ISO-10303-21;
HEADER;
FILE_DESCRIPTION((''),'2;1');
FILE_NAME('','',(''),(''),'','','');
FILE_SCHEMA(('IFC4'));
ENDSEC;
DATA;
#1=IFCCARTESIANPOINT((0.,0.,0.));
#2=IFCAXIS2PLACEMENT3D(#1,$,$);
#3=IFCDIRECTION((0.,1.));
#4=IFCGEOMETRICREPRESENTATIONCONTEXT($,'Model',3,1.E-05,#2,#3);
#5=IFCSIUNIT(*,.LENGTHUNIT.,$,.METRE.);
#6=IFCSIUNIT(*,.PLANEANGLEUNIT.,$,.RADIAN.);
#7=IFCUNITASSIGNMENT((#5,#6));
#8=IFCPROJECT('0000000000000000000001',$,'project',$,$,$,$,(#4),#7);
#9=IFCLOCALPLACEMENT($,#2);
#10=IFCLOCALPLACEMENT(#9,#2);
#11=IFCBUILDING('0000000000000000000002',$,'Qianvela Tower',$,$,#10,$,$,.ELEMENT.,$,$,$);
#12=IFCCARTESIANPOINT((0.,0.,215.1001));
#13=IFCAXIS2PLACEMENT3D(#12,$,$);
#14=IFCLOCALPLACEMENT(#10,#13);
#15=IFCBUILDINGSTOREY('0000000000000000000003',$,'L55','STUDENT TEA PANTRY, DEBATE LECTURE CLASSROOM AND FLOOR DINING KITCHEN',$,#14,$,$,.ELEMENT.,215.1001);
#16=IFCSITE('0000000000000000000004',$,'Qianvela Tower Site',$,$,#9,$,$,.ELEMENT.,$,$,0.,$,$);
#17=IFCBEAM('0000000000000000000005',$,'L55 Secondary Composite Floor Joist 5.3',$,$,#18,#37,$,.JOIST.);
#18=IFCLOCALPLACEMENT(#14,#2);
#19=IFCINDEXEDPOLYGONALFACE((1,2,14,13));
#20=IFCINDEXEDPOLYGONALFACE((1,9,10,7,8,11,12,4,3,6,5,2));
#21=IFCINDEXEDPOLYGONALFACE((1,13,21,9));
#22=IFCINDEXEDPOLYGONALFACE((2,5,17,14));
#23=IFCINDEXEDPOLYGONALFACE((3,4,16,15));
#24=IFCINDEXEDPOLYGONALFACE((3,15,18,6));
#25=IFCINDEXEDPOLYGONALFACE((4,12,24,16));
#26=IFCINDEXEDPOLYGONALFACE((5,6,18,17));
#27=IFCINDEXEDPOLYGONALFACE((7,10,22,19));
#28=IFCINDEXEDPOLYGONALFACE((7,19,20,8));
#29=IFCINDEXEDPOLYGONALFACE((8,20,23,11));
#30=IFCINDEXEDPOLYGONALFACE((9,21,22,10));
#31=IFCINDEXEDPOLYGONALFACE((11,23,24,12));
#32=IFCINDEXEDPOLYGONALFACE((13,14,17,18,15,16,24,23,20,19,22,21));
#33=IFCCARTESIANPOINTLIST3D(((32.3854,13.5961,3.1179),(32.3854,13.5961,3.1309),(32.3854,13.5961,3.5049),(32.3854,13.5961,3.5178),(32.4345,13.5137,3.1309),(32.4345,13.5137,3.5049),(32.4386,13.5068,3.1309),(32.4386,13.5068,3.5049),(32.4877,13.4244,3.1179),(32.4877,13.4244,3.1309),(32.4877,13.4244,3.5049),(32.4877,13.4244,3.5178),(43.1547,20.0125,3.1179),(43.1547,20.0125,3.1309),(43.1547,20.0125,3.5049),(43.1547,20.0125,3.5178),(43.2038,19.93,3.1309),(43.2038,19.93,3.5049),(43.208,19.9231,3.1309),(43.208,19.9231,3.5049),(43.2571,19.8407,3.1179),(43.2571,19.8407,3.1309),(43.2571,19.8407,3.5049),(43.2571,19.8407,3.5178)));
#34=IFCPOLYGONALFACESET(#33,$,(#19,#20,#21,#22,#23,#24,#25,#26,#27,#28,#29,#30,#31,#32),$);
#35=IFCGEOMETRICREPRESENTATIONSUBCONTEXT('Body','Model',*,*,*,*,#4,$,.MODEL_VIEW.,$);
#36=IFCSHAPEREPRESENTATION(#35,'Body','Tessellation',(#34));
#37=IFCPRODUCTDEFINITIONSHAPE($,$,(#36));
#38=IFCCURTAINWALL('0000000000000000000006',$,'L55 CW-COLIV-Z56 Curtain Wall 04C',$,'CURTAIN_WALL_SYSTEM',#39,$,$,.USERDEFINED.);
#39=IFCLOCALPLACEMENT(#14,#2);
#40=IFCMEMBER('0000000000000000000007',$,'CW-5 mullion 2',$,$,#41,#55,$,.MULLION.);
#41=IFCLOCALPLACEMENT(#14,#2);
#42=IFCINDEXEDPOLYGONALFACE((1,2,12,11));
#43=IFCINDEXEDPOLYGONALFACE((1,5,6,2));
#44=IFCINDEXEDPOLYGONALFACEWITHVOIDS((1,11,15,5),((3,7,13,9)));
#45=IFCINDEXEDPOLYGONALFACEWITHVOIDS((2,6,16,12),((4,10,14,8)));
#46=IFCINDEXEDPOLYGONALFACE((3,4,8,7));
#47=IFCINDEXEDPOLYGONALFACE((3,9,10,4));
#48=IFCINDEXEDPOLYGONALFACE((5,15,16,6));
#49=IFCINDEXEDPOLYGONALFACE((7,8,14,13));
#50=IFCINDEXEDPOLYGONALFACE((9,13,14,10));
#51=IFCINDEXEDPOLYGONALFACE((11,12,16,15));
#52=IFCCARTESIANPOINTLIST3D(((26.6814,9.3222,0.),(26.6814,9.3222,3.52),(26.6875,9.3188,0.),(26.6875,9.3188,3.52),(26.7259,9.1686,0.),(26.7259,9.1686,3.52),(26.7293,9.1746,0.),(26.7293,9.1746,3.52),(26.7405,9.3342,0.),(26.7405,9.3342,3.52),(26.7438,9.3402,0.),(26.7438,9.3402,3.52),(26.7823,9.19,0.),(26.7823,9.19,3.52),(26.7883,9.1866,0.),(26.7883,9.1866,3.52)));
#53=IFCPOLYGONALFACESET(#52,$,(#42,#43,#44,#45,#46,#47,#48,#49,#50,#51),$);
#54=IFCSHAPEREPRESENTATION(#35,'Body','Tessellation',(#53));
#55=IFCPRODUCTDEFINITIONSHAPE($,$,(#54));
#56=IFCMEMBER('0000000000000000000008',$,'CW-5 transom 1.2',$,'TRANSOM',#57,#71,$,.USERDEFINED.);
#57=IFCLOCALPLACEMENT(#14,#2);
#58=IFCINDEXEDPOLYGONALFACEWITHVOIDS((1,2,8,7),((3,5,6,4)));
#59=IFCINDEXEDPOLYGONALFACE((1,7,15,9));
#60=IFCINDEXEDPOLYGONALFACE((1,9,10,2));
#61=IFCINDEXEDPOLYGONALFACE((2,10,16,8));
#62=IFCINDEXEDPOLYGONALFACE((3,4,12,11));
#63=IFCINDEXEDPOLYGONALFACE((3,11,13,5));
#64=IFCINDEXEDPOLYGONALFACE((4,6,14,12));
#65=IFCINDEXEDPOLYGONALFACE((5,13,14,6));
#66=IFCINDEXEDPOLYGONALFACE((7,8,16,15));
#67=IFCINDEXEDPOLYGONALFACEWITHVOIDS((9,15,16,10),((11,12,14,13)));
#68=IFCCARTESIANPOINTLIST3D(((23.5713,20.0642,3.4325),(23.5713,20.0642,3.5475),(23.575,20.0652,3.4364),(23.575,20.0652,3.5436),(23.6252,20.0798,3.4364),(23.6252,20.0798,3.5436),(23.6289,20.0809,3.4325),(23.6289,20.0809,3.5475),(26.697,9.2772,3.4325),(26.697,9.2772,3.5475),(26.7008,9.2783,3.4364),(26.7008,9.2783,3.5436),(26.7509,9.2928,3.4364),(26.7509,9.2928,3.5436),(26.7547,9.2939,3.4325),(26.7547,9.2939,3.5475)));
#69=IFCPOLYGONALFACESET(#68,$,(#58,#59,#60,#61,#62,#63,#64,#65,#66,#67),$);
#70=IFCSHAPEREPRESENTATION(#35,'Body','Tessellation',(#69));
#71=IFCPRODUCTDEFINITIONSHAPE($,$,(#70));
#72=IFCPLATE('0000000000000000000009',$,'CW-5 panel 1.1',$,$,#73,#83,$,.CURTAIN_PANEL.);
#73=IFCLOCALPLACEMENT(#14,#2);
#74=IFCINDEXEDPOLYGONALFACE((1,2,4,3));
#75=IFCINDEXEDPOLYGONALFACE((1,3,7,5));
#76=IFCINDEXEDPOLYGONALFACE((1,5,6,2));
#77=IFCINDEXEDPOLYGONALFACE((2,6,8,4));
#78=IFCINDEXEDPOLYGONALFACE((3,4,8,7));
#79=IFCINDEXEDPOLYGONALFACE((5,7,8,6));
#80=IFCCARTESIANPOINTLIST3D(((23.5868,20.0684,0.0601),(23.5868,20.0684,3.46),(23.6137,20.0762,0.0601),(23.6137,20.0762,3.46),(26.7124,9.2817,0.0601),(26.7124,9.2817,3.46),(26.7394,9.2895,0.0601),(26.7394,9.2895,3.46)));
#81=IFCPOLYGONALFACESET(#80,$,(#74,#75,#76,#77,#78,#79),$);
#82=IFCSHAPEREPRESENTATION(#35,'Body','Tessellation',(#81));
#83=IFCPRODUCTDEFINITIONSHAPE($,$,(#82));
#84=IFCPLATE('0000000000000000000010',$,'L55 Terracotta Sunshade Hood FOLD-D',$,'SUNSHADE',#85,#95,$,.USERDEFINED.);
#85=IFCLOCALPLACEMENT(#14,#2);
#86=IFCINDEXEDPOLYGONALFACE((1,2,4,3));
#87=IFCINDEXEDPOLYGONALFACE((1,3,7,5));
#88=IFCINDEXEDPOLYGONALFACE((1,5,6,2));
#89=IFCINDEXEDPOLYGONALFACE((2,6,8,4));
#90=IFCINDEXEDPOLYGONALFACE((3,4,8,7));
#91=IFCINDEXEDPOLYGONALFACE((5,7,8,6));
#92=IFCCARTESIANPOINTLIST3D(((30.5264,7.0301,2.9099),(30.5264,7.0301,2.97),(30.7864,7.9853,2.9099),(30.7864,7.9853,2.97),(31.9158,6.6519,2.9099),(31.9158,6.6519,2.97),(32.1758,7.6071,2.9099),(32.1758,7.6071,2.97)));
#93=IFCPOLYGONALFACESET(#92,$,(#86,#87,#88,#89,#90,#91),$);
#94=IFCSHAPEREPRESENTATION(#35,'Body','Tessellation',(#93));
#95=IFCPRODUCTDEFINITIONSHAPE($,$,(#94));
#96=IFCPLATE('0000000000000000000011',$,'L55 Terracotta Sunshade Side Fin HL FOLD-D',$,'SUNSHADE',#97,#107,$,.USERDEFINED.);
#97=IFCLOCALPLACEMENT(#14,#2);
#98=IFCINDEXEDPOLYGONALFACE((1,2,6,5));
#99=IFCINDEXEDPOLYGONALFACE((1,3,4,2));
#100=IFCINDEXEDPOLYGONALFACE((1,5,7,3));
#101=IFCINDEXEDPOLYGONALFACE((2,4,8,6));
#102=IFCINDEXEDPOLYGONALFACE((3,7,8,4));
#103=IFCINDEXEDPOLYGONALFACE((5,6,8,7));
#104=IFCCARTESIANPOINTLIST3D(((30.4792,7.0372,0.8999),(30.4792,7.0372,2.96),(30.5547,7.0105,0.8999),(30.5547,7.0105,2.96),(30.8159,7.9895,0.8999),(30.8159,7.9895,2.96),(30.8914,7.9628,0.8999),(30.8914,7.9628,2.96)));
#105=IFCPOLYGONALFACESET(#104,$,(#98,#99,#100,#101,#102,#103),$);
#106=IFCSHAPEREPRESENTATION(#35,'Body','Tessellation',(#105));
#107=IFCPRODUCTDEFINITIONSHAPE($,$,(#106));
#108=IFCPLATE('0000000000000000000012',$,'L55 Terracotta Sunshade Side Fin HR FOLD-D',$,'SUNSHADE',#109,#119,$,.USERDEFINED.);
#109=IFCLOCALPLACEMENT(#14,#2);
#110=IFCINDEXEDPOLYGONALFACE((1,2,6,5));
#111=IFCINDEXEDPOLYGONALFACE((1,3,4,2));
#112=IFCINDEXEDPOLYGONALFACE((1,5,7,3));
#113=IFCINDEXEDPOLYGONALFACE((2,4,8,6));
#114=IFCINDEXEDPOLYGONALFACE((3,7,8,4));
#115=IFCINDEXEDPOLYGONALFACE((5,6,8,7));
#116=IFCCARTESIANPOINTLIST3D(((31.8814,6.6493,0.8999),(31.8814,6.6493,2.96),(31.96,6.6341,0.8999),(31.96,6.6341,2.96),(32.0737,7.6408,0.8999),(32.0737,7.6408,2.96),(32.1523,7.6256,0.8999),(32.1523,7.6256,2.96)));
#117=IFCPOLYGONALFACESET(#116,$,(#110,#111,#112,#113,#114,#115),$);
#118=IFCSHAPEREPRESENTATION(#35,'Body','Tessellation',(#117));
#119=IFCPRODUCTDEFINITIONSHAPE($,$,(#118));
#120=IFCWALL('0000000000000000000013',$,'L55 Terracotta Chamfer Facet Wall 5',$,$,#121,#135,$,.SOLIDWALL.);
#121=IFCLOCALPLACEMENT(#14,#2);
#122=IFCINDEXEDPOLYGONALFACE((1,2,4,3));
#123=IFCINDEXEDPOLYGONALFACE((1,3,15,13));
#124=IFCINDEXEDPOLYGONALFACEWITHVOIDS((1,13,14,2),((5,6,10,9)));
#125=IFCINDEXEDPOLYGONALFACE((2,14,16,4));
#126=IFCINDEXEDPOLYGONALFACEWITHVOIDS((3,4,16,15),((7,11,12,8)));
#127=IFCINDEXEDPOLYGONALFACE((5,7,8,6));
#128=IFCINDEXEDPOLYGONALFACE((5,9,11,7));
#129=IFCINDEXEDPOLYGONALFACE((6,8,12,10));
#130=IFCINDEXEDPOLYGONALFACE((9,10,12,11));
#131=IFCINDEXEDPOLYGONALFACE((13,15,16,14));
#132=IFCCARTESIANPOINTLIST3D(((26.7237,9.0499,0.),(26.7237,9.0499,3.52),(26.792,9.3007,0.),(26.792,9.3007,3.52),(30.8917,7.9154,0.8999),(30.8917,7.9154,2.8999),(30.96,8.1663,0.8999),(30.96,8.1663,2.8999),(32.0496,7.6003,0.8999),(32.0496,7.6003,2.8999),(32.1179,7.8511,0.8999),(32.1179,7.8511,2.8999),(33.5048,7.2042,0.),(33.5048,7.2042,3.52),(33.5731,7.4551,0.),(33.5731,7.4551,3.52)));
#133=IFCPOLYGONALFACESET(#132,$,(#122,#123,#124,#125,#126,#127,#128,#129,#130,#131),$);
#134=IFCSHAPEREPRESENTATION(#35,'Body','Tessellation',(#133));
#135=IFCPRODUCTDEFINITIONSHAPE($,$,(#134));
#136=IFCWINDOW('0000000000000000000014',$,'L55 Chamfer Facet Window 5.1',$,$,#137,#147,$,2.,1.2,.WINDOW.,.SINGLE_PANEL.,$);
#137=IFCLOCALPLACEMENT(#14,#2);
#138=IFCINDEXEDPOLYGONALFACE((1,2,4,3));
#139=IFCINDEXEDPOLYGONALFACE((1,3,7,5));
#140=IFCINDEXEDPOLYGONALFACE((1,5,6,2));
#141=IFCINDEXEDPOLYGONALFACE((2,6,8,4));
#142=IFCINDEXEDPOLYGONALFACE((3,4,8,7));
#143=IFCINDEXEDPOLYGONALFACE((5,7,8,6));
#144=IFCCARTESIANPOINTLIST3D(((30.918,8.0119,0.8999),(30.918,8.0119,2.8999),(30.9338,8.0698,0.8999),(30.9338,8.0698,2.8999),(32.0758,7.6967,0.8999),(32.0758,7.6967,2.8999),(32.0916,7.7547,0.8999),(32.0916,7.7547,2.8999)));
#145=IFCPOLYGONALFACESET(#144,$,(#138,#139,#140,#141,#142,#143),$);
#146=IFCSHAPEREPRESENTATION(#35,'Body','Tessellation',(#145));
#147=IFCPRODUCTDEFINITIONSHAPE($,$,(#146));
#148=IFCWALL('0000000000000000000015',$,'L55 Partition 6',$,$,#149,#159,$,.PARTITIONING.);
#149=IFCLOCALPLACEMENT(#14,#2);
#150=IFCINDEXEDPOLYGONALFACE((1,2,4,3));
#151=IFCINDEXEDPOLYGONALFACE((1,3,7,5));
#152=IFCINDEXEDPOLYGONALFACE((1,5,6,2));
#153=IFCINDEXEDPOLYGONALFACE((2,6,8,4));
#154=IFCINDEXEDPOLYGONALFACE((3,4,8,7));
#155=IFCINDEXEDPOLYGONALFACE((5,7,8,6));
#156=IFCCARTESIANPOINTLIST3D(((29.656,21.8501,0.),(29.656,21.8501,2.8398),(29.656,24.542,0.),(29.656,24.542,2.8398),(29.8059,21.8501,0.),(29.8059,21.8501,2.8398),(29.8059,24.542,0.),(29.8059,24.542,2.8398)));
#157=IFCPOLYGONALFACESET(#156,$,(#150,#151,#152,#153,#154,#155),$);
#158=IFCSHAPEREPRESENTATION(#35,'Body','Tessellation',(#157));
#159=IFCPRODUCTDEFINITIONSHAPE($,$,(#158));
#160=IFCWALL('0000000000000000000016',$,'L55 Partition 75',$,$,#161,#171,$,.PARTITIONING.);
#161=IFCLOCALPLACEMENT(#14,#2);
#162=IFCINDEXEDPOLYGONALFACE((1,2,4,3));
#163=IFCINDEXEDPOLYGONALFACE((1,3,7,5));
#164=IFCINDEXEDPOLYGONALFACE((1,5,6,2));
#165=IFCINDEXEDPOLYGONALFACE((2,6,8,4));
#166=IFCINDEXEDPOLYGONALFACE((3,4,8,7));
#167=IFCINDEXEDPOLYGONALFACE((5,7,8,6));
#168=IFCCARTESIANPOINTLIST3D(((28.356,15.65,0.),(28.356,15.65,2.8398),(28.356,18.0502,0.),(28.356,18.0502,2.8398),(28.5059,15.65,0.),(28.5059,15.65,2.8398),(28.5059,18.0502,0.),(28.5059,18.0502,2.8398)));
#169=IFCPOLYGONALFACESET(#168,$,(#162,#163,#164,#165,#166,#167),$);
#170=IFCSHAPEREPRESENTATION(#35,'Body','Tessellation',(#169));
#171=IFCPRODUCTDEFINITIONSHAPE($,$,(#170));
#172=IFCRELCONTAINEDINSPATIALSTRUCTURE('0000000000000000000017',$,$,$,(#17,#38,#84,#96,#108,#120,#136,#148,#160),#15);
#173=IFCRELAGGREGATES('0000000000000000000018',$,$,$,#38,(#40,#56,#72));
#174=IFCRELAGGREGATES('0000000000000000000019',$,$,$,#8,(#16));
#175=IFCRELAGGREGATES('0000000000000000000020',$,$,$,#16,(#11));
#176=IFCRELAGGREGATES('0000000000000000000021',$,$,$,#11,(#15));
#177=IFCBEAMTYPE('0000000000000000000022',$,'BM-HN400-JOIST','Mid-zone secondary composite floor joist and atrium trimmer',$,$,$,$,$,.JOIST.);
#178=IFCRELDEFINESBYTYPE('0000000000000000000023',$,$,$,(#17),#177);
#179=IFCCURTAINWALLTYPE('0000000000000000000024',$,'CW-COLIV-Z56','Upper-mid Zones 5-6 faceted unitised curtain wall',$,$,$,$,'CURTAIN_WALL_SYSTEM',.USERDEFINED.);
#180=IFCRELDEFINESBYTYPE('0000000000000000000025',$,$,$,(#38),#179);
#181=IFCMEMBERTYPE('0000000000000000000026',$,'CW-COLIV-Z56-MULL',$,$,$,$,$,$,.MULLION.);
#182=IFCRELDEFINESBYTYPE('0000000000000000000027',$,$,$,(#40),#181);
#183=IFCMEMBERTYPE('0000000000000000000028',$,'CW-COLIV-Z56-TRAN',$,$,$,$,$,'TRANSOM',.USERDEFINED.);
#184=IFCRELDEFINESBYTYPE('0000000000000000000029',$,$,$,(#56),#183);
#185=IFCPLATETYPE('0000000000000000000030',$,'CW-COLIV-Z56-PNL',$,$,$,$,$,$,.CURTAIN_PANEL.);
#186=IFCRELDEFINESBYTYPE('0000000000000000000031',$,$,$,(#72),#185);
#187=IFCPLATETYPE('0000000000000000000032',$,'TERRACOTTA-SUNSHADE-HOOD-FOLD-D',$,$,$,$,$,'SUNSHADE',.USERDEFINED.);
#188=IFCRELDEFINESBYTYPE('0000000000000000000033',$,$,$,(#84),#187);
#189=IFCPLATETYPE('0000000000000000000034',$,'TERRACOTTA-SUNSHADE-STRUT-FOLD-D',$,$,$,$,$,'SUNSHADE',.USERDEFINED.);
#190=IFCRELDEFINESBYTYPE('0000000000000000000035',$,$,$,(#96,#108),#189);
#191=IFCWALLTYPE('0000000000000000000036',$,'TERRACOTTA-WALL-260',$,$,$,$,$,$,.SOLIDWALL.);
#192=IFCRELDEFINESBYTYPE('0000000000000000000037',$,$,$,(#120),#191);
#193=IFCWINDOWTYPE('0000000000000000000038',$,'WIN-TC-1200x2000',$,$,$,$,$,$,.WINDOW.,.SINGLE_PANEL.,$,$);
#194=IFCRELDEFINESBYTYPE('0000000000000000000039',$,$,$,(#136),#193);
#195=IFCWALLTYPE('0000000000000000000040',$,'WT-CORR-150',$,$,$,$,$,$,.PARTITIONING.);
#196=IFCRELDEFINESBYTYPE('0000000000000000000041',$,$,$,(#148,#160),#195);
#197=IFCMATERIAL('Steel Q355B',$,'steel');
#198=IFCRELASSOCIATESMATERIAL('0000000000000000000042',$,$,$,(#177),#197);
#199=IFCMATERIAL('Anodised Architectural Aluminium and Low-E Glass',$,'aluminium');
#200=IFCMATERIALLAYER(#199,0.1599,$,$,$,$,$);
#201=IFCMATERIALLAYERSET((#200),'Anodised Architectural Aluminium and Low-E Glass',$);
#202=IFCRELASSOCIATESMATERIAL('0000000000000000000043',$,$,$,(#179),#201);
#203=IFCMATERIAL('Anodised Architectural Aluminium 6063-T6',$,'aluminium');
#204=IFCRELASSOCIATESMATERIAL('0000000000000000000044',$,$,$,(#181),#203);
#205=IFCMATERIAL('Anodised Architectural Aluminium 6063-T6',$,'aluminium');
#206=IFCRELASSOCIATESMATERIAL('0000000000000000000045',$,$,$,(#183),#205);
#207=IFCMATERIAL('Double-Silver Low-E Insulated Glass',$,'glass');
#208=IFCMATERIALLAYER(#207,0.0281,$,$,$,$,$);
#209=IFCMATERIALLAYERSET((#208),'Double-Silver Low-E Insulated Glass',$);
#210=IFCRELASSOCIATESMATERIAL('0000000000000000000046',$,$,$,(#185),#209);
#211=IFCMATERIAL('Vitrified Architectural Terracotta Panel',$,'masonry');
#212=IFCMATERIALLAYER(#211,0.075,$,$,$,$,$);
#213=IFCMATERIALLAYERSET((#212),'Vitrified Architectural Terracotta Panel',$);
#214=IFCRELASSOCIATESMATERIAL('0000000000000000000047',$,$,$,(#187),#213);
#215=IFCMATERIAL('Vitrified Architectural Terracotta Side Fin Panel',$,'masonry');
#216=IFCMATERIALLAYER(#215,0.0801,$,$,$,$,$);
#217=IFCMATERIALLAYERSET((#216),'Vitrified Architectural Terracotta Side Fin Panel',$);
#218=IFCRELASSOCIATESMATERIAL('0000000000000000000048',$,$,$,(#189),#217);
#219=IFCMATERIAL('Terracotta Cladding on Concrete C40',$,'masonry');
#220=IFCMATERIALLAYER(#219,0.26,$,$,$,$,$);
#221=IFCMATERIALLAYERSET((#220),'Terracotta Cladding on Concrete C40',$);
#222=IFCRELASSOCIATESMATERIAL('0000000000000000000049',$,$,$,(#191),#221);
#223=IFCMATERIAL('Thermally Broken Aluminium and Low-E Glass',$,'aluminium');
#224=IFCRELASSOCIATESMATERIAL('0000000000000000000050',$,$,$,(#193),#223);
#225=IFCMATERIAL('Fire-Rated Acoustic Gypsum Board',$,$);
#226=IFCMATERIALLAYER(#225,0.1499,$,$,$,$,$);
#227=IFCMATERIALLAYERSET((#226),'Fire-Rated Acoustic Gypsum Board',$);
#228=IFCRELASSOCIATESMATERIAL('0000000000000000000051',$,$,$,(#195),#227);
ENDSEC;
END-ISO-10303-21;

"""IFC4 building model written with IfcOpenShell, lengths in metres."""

from ifc_helpers import new_model, si_unit, direction, frame, frame_2d, origin, origin_2d, place, context, subcontext, project, spatial, rectangle, hollow_rectangle, i_section, extrude, material, layer, layer_set, material_profile, profile_set, type_object, element, fill, aggregate, save


model = new_model("IFC4")

# Units and contexts
model_context = context("Model", 3, precision=1e-05, world=origin(), true_north=direction((0.0, 1.0)))
body_context = subcontext(model_context, "Body", "Model", "MODEL_VIEW")
ifc_project = project(units=[si_unit("LENGTHUNIT", "METRE"), si_unit("PLANEANGLEUNIT", "RADIAN")], contexts=[model_context])

# Site, building, storey
site_placement = place(None, origin())
site = spatial("IfcSite", under=ifc_project, at=site_placement, Name="Qianvela Tower Site", CompositionType="ELEMENT", RefElevation=0.0)
building_placement = place(site_placement, origin())
building = spatial("IfcBuilding", under=site, at=building_placement, Name="Qianvela Tower", CompositionType="ELEMENT")
storey_placement = place(building_placement, frame((0.0, 0.0, 215.1001)))
storey = spatial("IfcBuildingStorey", under=building, at=storey_placement, Name="L55", Description="STUDENT TEA PANTRY, DEBATE LECTURE CLASSROOM AND FLOOR DINING KITCHEN", CompositionType="ELEMENT", Elevation=215.1001)

# Beam
ifc_material_1 = material(Name="Steel Q355B", Category="steel")
ifc_material_profile_1 = material_profile(ifc_material_1, i_section(OverallWidth=0.2, OverallDepth=0.3999, WebThickness=0.0081, FlangeThickness=0.0129, at=origin_2d()), Name="HN400x200x8x13")
ifc_profile_set_1 = profile_set([ifc_material_profile_1], Name="Steel Q355B")
beam_type = type_object("IfcBeamType", Name="BM-HN400-JOIST", Description="Mid-zone secondary composite floor joist and atrium trimmer", PredefinedType="JOIST", material=ifc_profile_set_1)
beam_placement = place(storey_placement, frame((32.4365, 13.5103, 3.3179), z_axis=(0.859084, 0.511835, 0.0), x_axis=(-0.511835, 0.859084, 0.0)))
element("IfcBeam", 1, at=beam_placement, inside=storey, type_object=beam_type, Name="L55 Secondary Composite Floor Joist 5.3", PredefinedType="JOIST", context=body_context, shape_type="SweptSolid", body=[
    extrude(i_section(OverallWidth=0.2, OverallDepth=0.3999, WebThickness=0.0081, FlangeThickness=0.0129, at=origin_2d()), origin(), (0.0, 0.0, 1.0), 12.5359),
])

# Curtain wall, members, plate
ifc_material_2 = material(Name="Anodised Architectural Aluminium and Low-E Glass", Category="aluminium")
ifc_layer_1 = layer(ifc_material_2, 0.1599)
ifc_layer_set_1 = layer_set([ifc_layer_1], Name="Anodised Architectural Aluminium and Low-E Glass")
curtain_wall_type = type_object("IfcCurtainWallType", Name="CW-COLIV-Z56", Description="Upper-mid Zones 5-6 faceted unitised curtain wall", ElementType="CURTAIN_WALL_SYSTEM", PredefinedType="USERDEFINED", material=ifc_layer_set_1)
curtain_wall_placement = place(storey_placement, origin())
curtain_wall = element("IfcCurtainWall", 2, at=curtain_wall_placement, inside=storey, type_object=curtain_wall_type, Name="L55 CW-COLIV-Z56 Curtain Wall 04C", ObjectType="CURTAIN_WALL_SYSTEM", PredefinedType="USERDEFINED")
ifc_material_3 = material(Name="Anodised Architectural Aluminium 6063-T6", Category="aluminium")
ifc_material_profile_2 = material_profile(ifc_material_3, hollow_rectangle(XDim=0.0649, YDim=0.1599, WallThickness=0.0049, at=origin_2d()), Name="ALU-MULL-65x160")
ifc_profile_set_2 = profile_set([ifc_material_profile_2], Name="Anodised Architectural Aluminium 6063-T6")
member_type_1 = type_object("IfcMemberType", Name="CW-COLIV-Z56-MULL", PredefinedType="MULLION", material=ifc_profile_set_2)
member_1_placement = place(storey_placement, frame((26.7349, 9.2544, 0.0), z_axis=(0.0, 0.0, 1.0), x_axis=(0.960488, 0.278322, 0.0)))
member_1 = element("IfcMember", 3, at=member_1_placement, type_object=member_type_1, Name="CW-5 mullion 2", PredefinedType="MULLION", context=body_context, shape_type="SweptSolid", body=[
    extrude(hollow_rectangle(XDim=0.0649, YDim=0.1599, WallThickness=0.0049, at=origin_2d()), origin(), (0.0, 0.0, 1.0), 3.52),
])
ifc_material_4 = material(Name="Anodised Architectural Aluminium 6063-T6", Category="aluminium")
ifc_material_profile_3 = material_profile(ifc_material_4, hollow_rectangle(XDim=0.0601, YDim=0.115, WallThickness=0.0039, at=origin_2d()), Name="ALU-TRAN-60x115")
ifc_profile_set_3 = profile_set([ifc_material_profile_3], Name="Anodised Architectural Aluminium 6063-T6")
member_type_2 = type_object("IfcMemberType", Name="CW-COLIV-Z56-TRAN", ElementType="TRANSOM", PredefinedType="USERDEFINED", material=ifc_profile_set_3)
member_2_placement = place(storey_placement, frame((23.6001, 20.0725, 3.49), z_axis=(0.278323, -0.960488, 0.0), x_axis=(0.960488, 0.278323, 0.0)))
member_2 = element("IfcMember", 4, at=member_2_placement, type_object=member_type_2, Name="CW-5 transom 1.2", ObjectType="TRANSOM", PredefinedType="USERDEFINED", context=body_context, shape_type="SweptSolid", body=[
    extrude(hollow_rectangle(XDim=0.0601, YDim=0.115, WallThickness=0.0039, at=origin_2d()), origin(), (0.0, 0.0, 1.0), 11.2307),
])
ifc_material_5 = material(Name="Double-Silver Low-E Insulated Glass", Category="glass")
ifc_layer_2 = layer(ifc_material_5, 0.0281)
ifc_layer_set_2 = layer_set([ifc_layer_2], Name="Double-Silver Low-E Insulated Glass")
plate_type_1 = type_object("IfcPlateType", Name="CW-COLIV-Z56-PNL", PredefinedType="CURTAIN_PANEL", material=ifc_layer_set_2)
plate_1_placement = place(storey_placement, frame((25.1631, 14.679, 0.0601), z_axis=(0.0, 0.0, 1.0), x_axis=(0.278322, -0.960488, 0.0)))
plate_1 = element("IfcPlate", 5, at=plate_1_placement, type_object=plate_type_1, Name="CW-5 panel 1.1", PredefinedType="CURTAIN_PANEL", context=body_context, shape_type="SweptSolid", body=[
    extrude(rectangle(XDim=11.2305, YDim=0.0281, at=origin_2d()), origin(), (0.0, 0.0, 1.0), 3.3999),
])
aggregate(curtain_wall, [member_1, member_2, plate_1])

# Plates
ifc_material_6 = material(Name="Vitrified Architectural Terracotta Panel", Category="masonry")
ifc_layer_3 = layer(ifc_material_6, 0.075)
ifc_layer_set_3 = layer_set([ifc_layer_3], Name="Vitrified Architectural Terracotta Panel")
plate_type_2 = type_object("IfcPlateType", Name="TERRACOTTA-SUNSHADE-HOOD-FOLD-D", ElementType="SUNSHADE", PredefinedType="USERDEFINED", material=ifc_layer_set_3)
plate_2_placement = place(storey_placement, frame((31.3511, 7.3186, 2.9099), z_axis=(0.0, 0.0, 1.0), x_axis=(0.964897, -0.262629, 0.0)))
element("IfcPlate", 6, at=plate_2_placement, inside=storey, type_object=plate_type_2, Name="L55 Terracotta Sunshade Hood FOLD-D", ObjectType="SUNSHADE", PredefinedType="USERDEFINED", context=body_context, shape_type="SweptSolid", body=[
    extrude(rectangle(XDim=1.4399, YDim=0.99, at=origin_2d()), origin(), (0.0, 0.0, 1.0), 0.0601),
])
ifc_material_7 = material(Name="Vitrified Architectural Terracotta Side Fin Panel", Category="masonry")
ifc_layer_4 = layer(ifc_material_7, 0.0801)
ifc_layer_set_4 = layer_set([ifc_layer_4], Name="Vitrified Architectural Terracotta Side Fin Panel")
plate_type_3 = type_object("IfcPlateType", Name="TERRACOTTA-SUNSHADE-STRUT-FOLD-D", ElementType="SUNSHADE", PredefinedType="USERDEFINED", material=ifc_layer_set_4)
for number, where, z_axis, x_axis, name in (
    (7, (30.6853, 7.5, 0.8999), (0.0, 0.0, 1.0), (0.942781, -0.333414, 0.0), "L55 Terracotta Sunshade Side Fin HL FOLD-D"),
    (8, (32.0168, 7.1375, 0.8999), (0.0, 0.0, 1.0), (0.981707, -0.1904, 0.0), "L55 Terracotta Sunshade Side Fin HR FOLD-D"),
):
    element("IfcPlate", number, at=place(storey_placement, frame(where, z_axis=z_axis, x_axis=x_axis)), inside=storey, type_object=plate_type_3, Name=name, ObjectType="SUNSHADE", PredefinedType="USERDEFINED", context=body_context, shape_type="SweptSolid", body=[
        extrude(rectangle(XDim=0.0801, YDim=1.01, at=origin_2d()), origin(), (0.0, 0.0, 1.0), 2.0601),
    ])

# Wall, opening, window
ifc_material_8 = material(Name="Terracotta Cladding on Concrete C40", Category="masonry")
ifc_layer_5 = layer(ifc_material_8, 0.26)
ifc_layer_set_5 = layer_set([ifc_layer_5], Name="Terracotta Cladding on Concrete C40")
wall_type_1 = type_object("IfcWallType", Name="TERRACOTTA-WALL-260", PredefinedType="SOLIDWALL", material=ifc_layer_set_5)
wall_1_placement = place(storey_placement, frame((26.7578, 9.1753, 0.0), z_axis=(0.0, 0.0, 1.0), x_axis=(0.964898, -0.262624, 0.0)))
wall_1 = element("IfcWall", 9, at=wall_1_placement, inside=storey, type_object=wall_type_1, Name="L55 Terracotta Chamfer Facet Wall 5", PredefinedType="SOLIDWALL", context=body_context, shape_type="SweptSolid", body=[
    extrude(rectangle(XDim=7.0278, YDim=0.26, at=frame_2d((3.5139, 0.0))), origin(), (0.0, 0.0, 1.0), 3.52),
])
opening_1_placement = place(wall_1_placement, frame((4.3196, 0.0, 0.8999)))
opening_1 = element("IfcOpeningElement", 10, at=opening_1_placement, cuts=wall_1, PredefinedType="OPENING", context=body_context, shape_type="SweptSolid", body=[
    extrude(rectangle(XDim=1.2, YDim=2.0, at=frame_2d((0.6001, 1.0))), frame((0.0, 0.1399, 0.0), z_axis=(0.0, -1.0, 0.0), x_axis=(1.0, 0.0, 0.0)), (0.0, 0.0, 1.0), 0.28),
])
ifc_material_9 = material(Name="Thermally Broken Aluminium and Low-E Glass", Category="aluminium")
window_type = type_object("IfcWindowType", Name="WIN-TC-1200x2000", PartitioningType="SINGLE_PANEL", PredefinedType="WINDOW", material=ifc_material_9)
window_placement = place(opening_1_placement, origin())
window = element("IfcWindow", 11, at=window_placement, inside=storey, type_object=window_type, Name="L55 Chamfer Facet Window 5.1", OverallHeight=2.0, OverallWidth=1.2, PartitioningType="SINGLE_PANEL", PredefinedType="WINDOW", context=body_context, shape_type="SweptSolid", body=[
    extrude(rectangle(XDim=1.2, YDim=2.0, at=frame_2d((0.6001, 1.0))), frame((0.0, 0.03, 0.0), z_axis=(0.0, -1.0, 0.0), x_axis=(1.0, 0.0, 0.0)), (0.0, 0.0, 1.0), 0.0601),
])
fill(opening_1, window)

# Walls
ifc_material_10 = material(Name="Fire-Rated Acoustic Gypsum Board")
ifc_layer_6 = layer(ifc_material_10, 0.1499)
ifc_layer_set_6 = layer_set([ifc_layer_6], Name="Fire-Rated Acoustic Gypsum Board")
wall_type_2 = type_object("IfcWallType", Name="WT-CORR-150", PredefinedType="PARTITIONING", material=ifc_layer_set_6)
wall_2_placement = place(storey_placement, frame((29.731, 21.8501, 0.0), z_axis=(0.0, 0.0, 1.0), x_axis=(0.0, 1.0, 0.0)))
element("IfcWall", 12, at=wall_2_placement, inside=storey, type_object=wall_type_2, Name="L55 Partition 6", PredefinedType="PARTITIONING", context=body_context, shape_type="SweptSolid", body=[
    extrude(rectangle(XDim=2.6919, YDim=0.1499, at=frame_2d((1.3459, 0.0))), origin(), (0.0, 0.0, 1.0), 2.8398),
])
wall_3_placement = place(storey_placement, frame((28.4309, 15.6499, 0.0), z_axis=(0.0, 0.0, 1.0), x_axis=(0.0, 1.0, 0.0)))
element("IfcWall", 13, at=wall_3_placement, inside=storey, type_object=wall_type_2, Name="L55 Partition 75", PredefinedType="PARTITIONING", context=body_context, shape_type="SweptSolid", body=[
    extrude(rectangle(XDim=2.4001, YDim=0.1499, at=frame_2d((1.2002, 0.0))), origin(), (0.0, 0.0, 1.0), 2.8398),
])

save(model, "model.ifc")
